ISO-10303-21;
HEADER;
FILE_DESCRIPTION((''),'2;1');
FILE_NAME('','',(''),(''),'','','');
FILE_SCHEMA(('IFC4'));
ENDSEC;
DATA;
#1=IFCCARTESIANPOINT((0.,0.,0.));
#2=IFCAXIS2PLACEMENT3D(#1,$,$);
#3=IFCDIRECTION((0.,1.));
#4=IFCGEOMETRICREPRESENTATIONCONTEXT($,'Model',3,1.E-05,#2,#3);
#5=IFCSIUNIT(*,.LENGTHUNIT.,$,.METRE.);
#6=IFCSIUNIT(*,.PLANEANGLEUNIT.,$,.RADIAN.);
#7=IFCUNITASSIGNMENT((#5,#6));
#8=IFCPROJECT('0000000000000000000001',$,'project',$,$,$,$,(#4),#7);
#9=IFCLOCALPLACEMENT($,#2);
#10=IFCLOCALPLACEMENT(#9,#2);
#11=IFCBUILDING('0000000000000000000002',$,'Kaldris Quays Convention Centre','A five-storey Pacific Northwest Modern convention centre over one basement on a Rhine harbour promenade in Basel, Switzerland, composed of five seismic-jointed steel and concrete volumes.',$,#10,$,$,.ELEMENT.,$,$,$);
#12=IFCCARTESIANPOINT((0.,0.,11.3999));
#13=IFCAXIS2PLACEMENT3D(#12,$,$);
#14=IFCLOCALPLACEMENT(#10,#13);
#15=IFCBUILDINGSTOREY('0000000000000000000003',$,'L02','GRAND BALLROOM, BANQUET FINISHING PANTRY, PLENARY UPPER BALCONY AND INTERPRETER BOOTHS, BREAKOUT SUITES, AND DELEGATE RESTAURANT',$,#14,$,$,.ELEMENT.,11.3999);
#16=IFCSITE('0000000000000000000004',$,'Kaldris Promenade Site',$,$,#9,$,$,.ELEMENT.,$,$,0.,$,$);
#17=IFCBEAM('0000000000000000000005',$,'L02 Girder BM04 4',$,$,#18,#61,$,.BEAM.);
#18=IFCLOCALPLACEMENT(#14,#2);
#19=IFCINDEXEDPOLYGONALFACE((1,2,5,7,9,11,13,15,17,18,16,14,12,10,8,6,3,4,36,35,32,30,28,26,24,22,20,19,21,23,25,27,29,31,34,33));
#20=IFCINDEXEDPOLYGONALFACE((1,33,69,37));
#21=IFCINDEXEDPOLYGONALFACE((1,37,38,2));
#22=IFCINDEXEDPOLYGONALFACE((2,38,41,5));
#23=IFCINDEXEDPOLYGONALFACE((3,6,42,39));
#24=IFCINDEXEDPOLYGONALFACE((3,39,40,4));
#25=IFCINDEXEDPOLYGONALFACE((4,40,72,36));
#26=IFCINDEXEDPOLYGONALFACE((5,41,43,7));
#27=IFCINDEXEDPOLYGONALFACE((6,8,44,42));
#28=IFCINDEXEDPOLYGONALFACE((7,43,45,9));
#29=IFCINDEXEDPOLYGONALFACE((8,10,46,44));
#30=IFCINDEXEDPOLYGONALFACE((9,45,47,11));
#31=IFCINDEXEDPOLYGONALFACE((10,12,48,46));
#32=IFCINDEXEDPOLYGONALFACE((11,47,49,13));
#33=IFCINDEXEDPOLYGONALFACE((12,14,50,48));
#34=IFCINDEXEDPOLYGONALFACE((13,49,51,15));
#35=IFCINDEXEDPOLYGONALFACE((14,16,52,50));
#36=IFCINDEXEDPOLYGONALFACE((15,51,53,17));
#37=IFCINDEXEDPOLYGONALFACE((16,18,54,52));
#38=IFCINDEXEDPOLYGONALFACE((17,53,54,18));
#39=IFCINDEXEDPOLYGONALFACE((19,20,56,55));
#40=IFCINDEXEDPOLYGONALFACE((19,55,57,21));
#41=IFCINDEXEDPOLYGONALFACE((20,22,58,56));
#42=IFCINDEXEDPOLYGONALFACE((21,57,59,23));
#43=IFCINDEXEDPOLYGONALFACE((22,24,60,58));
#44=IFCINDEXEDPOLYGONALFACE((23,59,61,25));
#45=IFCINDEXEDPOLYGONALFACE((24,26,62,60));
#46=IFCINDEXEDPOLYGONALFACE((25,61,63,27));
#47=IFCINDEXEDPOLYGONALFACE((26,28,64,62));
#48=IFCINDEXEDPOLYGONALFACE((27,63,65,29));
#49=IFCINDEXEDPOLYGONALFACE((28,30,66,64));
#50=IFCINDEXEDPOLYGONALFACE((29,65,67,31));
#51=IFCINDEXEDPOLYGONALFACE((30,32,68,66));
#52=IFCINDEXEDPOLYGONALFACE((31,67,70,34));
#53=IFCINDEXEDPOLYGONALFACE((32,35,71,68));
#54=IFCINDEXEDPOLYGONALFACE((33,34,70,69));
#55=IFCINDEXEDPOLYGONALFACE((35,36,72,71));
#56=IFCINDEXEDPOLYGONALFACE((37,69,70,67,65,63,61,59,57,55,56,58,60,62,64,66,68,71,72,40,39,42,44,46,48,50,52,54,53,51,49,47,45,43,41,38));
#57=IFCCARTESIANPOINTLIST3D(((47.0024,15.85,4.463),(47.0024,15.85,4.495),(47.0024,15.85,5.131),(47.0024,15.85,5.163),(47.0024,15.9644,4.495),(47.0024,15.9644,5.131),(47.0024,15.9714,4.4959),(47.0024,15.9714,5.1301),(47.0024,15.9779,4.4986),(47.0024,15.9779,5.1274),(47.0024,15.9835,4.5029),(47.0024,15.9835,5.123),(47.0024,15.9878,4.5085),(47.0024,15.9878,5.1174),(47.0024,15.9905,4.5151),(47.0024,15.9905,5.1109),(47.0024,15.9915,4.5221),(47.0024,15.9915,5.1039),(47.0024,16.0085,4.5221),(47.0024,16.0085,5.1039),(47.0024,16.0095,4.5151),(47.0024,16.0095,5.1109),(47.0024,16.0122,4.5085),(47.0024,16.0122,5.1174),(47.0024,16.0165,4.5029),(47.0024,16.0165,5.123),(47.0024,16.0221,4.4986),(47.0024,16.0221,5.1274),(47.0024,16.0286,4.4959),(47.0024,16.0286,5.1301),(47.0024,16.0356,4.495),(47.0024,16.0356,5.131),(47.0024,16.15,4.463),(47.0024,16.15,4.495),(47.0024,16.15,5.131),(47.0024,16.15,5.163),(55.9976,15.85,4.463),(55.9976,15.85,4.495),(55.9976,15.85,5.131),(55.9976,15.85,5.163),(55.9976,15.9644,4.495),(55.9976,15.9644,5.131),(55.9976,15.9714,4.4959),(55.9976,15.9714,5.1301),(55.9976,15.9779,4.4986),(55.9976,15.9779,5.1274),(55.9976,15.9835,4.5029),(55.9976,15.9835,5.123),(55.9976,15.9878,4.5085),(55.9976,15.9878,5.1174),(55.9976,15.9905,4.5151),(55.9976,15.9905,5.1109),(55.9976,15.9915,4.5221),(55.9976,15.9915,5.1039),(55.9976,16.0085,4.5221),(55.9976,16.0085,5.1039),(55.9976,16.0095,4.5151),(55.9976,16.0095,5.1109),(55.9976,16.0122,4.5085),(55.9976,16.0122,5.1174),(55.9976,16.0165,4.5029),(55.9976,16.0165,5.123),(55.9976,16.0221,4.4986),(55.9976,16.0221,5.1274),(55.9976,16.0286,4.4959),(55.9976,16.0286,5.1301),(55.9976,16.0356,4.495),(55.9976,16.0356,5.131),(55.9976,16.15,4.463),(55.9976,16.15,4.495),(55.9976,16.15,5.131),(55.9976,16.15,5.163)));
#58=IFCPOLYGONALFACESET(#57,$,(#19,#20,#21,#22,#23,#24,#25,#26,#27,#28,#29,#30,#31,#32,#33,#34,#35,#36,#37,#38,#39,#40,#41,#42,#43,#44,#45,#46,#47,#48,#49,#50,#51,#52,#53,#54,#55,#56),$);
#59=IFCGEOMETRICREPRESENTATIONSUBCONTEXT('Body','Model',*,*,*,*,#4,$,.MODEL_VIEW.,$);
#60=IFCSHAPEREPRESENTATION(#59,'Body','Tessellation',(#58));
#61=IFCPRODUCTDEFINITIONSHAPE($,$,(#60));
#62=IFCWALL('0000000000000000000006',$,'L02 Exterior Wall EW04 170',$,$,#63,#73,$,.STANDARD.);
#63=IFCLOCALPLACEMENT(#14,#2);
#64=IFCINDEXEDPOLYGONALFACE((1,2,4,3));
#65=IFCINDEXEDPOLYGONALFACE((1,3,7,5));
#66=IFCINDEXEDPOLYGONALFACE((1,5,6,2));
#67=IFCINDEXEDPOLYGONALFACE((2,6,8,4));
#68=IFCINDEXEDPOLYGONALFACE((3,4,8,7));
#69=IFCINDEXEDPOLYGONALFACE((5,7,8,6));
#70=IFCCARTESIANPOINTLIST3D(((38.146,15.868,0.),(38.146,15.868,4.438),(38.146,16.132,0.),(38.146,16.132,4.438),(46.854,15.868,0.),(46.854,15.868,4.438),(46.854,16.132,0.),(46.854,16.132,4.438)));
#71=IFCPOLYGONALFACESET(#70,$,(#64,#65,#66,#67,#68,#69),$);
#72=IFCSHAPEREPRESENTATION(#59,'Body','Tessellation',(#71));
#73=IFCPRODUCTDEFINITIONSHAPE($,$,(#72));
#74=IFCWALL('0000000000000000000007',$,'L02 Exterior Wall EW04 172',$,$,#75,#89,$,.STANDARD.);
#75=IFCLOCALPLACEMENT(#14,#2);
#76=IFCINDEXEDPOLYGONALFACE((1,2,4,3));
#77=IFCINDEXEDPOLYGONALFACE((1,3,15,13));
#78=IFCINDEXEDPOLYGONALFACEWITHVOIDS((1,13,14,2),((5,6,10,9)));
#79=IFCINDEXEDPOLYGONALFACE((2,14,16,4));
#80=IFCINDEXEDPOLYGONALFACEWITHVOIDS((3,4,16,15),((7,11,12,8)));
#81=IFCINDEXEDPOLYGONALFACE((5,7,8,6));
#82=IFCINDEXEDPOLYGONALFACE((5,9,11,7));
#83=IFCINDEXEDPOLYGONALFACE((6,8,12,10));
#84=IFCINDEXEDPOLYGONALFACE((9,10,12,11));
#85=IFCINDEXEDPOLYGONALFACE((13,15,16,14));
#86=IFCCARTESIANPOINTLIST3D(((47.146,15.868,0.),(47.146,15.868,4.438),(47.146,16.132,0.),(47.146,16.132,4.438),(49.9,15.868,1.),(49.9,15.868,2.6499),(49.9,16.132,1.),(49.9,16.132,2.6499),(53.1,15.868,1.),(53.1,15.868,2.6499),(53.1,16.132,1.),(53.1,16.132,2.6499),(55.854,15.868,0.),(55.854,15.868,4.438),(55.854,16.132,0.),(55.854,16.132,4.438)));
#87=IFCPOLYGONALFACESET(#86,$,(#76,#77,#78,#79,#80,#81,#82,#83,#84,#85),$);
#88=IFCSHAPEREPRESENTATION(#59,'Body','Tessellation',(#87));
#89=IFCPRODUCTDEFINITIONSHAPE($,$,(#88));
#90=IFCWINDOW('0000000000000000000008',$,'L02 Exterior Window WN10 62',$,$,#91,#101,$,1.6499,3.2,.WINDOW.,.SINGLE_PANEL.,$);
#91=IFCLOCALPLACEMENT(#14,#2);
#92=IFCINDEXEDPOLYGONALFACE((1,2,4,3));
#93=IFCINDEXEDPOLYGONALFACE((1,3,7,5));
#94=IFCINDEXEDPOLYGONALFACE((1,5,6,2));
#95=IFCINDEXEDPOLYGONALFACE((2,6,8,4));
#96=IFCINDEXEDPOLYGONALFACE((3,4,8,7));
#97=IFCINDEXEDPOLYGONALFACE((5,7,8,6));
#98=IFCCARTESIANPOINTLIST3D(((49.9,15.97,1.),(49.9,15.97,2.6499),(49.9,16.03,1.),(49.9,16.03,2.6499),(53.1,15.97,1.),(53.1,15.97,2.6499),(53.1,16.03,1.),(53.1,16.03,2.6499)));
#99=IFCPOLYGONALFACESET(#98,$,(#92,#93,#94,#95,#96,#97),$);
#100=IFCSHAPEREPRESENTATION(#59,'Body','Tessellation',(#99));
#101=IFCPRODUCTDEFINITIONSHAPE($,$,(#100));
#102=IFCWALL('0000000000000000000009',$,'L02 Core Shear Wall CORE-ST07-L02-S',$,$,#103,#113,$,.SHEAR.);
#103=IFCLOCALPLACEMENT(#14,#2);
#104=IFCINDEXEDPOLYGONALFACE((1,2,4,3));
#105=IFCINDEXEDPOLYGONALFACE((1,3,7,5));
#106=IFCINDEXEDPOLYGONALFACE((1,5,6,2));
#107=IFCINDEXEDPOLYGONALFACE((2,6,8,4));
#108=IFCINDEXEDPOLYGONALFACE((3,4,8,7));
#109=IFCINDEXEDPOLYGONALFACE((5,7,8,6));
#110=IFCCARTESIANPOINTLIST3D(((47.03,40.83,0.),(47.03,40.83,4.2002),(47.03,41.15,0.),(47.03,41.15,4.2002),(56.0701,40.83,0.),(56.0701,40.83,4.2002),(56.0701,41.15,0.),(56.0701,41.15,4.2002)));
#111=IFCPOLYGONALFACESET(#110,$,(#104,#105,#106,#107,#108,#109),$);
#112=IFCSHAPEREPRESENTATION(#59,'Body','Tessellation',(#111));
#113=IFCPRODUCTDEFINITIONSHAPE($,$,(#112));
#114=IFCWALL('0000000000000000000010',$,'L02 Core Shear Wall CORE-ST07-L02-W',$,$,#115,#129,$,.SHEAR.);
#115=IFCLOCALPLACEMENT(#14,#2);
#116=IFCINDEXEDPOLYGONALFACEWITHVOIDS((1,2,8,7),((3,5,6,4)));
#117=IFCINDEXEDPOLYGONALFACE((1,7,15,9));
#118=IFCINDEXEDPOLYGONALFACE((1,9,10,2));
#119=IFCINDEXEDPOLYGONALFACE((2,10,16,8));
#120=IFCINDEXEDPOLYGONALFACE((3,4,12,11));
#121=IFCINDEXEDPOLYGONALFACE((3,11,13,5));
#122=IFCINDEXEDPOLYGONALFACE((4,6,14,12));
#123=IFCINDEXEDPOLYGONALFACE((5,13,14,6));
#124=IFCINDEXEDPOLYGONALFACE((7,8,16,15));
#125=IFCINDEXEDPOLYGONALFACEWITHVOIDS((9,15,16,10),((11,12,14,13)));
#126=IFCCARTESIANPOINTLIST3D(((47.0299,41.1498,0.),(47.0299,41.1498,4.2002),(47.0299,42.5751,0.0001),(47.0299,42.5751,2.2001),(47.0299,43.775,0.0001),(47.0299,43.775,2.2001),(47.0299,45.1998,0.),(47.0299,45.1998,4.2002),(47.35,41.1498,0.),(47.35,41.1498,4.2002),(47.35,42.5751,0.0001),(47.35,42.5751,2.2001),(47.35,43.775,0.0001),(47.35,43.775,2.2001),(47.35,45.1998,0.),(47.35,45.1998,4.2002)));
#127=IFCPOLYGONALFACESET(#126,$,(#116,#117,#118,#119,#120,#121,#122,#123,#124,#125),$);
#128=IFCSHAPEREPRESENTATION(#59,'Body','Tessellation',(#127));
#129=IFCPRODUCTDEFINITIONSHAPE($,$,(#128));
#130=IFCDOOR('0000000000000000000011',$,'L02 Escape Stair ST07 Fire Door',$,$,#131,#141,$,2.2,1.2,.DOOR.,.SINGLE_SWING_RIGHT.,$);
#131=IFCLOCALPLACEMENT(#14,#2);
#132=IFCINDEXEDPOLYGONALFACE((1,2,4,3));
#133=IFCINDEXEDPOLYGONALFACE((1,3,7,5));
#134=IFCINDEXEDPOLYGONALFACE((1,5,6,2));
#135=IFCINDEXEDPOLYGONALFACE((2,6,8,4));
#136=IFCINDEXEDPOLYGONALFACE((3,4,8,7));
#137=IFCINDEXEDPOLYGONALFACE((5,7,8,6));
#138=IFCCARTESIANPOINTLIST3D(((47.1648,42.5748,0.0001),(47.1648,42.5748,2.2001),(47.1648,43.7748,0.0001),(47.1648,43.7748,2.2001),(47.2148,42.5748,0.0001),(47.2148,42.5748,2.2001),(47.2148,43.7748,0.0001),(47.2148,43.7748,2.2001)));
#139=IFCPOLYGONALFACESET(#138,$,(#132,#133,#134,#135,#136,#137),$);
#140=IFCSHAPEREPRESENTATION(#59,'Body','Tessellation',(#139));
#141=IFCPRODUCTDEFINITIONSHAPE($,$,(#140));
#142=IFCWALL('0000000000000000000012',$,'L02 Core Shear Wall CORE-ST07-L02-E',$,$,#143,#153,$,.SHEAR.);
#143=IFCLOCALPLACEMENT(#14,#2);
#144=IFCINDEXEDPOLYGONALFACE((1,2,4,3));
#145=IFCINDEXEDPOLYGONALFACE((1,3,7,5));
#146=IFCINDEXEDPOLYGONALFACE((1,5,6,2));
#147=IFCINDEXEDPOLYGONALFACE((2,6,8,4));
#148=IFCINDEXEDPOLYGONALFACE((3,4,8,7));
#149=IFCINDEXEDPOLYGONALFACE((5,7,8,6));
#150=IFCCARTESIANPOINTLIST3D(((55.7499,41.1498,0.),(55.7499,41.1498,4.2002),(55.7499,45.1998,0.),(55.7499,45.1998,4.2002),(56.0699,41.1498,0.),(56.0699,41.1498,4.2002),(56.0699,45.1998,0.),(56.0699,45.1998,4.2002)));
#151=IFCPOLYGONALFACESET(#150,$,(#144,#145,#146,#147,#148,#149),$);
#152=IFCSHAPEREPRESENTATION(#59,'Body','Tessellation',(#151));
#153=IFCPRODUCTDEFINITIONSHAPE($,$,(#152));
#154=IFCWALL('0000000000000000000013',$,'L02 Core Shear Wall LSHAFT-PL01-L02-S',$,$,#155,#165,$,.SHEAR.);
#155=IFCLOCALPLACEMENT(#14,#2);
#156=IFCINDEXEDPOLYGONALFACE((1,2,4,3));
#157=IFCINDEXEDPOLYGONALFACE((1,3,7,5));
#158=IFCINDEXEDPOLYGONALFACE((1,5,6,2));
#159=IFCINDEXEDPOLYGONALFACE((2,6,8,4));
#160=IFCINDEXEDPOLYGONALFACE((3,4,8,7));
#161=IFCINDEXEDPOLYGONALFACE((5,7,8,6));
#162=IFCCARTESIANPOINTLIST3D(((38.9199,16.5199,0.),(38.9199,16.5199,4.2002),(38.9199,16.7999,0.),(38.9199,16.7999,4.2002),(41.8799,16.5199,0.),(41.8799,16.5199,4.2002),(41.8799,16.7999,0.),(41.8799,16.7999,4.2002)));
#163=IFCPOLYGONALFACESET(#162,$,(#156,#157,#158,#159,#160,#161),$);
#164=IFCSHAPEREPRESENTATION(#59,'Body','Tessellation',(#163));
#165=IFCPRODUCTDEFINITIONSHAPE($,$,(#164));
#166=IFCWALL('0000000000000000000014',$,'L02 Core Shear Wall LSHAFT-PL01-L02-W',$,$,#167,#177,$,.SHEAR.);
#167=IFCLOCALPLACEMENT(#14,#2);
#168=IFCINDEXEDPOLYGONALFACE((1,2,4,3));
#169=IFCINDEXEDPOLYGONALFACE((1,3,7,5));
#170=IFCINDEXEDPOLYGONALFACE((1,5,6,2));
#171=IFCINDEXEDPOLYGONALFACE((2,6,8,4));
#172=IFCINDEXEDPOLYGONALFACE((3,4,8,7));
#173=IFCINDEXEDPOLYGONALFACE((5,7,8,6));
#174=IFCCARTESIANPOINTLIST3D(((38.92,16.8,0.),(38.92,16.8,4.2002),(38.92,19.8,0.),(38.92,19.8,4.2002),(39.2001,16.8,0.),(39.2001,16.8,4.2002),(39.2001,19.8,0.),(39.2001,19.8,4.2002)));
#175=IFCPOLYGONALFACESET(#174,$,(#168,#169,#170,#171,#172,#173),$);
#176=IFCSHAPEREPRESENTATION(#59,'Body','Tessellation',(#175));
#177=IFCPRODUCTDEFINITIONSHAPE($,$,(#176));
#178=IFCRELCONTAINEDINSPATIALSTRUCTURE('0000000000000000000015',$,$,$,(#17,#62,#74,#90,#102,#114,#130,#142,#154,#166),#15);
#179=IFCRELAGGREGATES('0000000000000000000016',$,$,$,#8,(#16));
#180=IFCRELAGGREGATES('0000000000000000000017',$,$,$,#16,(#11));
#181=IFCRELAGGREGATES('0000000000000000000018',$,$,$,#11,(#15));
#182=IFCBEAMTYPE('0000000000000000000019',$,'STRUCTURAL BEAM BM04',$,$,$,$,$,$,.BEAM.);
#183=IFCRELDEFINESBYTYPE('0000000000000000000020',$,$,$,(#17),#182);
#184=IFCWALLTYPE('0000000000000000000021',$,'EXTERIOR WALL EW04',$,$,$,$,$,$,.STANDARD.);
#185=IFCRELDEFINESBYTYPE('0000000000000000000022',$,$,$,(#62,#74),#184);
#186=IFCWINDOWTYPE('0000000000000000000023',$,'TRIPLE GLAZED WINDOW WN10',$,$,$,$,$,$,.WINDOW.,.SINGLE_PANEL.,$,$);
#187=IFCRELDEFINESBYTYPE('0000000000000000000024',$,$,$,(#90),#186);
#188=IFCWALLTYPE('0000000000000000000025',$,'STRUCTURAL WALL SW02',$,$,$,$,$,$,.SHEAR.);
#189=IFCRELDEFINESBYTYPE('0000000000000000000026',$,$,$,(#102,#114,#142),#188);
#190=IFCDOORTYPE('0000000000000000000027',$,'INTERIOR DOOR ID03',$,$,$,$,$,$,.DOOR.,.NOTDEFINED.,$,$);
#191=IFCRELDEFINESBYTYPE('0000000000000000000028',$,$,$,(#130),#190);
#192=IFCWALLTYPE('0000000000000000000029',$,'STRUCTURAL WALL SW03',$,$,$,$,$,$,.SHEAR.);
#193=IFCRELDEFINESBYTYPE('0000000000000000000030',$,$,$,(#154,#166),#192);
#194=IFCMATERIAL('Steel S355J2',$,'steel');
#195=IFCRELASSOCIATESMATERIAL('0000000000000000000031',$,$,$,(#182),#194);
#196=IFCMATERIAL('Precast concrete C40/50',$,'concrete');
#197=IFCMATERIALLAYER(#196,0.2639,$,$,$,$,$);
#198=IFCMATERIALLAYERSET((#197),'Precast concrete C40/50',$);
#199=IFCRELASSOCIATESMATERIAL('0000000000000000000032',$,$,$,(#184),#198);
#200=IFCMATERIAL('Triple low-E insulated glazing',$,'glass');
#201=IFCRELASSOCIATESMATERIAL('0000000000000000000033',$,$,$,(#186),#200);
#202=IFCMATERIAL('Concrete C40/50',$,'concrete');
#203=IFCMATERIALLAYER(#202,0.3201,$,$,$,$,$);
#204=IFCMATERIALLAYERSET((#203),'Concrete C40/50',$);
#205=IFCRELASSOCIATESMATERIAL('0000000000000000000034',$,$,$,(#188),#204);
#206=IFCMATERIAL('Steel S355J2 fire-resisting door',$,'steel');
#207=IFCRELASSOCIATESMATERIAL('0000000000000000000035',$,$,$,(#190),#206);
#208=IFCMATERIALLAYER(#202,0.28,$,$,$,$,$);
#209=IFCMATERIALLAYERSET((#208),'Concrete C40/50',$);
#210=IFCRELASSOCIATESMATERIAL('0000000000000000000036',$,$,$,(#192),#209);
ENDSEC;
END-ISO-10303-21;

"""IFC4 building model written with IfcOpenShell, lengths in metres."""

from ifc_helpers import new_model, si_unit, direction, frame, frame_2d, origin, origin_2d, place, context, subcontext, project, spatial, rectangle, i_section, extrude, material, layer, layer_set, material_profile, profile_set, type_object, element, fill, save


model = new_model("IFC4")

# Units and contexts
model_context = context("Model", 3, precision=1e-05, world=origin(), true_north=direction((0.0, 1.0)))
body_context = subcontext(model_context, "Body", "Model", "MODEL_VIEW")
ifc_project = project(units=[si_unit("LENGTHUNIT", "METRE"), si_unit("PLANEANGLEUNIT", "RADIAN")], contexts=[model_context])

# Site, building, storey
site_placement = place(None, origin())
site = spatial("IfcSite", under=ifc_project, at=site_placement, Name="Kaldris Promenade Site", CompositionType="ELEMENT", RefElevation=0.0)
building_placement = place(site_placement, origin())
building = spatial("IfcBuilding", under=site, at=building_placement, Name="Kaldris Quays Convention Centre", Description="A five-storey Pacific Northwest Modern convention centre over one basement on a Rhine harbour promenade in Basel, Switzerland, composed of five seismic-jointed steel and concrete volumes.", CompositionType="ELEMENT")
storey_placement = place(building_placement, frame((0.0, 0.0, 11.3999)))
storey = spatial("IfcBuildingStorey", under=building, at=storey_placement, Name="L02", Description="GRAND BALLROOM, BANQUET FINISHING PANTRY, PLENARY UPPER BALCONY AND INTERPRETER BOOTHS, BREAKOUT SUITES, AND DELEGATE RESTAURANT", CompositionType="ELEMENT", Elevation=11.3999)

# Shared definitions
ifc_material_1 = material(Name="Steel S355J2", Category="steel")

# Beam
ifc_material_profile_1 = material_profile(ifc_material_1, i_section(OverallWidth=0.3, OverallDepth=0.7, WebThickness=0.0171, FlangeThickness=0.032, FilletRadius=0.0271, at=origin_2d()), Name="HEB 700")
ifc_profile_set_1 = profile_set([ifc_material_profile_1], Name="Steel S355J2")
beam_type = type_object("IfcBeamType", Name="STRUCTURAL BEAM BM04", PredefinedType="BEAM", material=ifc_profile_set_1)
for number, where, z_axis, x_axis, name in (
    (1, (47.0024, 16.0, 4.813), (1.0, 0.0, 0.0), (0.0, 1.0, 0.0), "L02 Girder BM04 4"),
):
    element("IfcBeam", number, at=place(storey_placement, frame(where, z_axis=z_axis, x_axis=x_axis)), inside=storey, type_object=beam_type, Name=name, PredefinedType="BEAM", context=body_context, shape_type="SweptSolid", body=[
        extrude(i_section(OverallWidth=0.3, OverallDepth=0.7, WebThickness=0.0171, FlangeThickness=0.032, FilletRadius=0.0271, at=origin_2d()), origin(), (0.0, 0.0, 1.0), 8.9951),
    ])

# Wall
ifc_material_2 = material(Name="Precast concrete C40/50", Category="concrete")
ifc_layer_1 = layer(ifc_material_2, 0.2639)
ifc_layer_set_1 = layer_set([ifc_layer_1], Name="Precast concrete C40/50")
wall_type_1 = type_object("IfcWallType", Name="EXTERIOR WALL EW04", PredefinedType="STANDARD", material=ifc_layer_set_1)
wall_1_placement = place(storey_placement, frame((38.146, 16.0, 0.0), z_axis=(0.0, 0.0, 1.0), x_axis=(1.0, 0.0, 0.0)))
element("IfcWall", 2, at=wall_1_placement, inside=storey, type_object=wall_type_1, Name="L02 Exterior Wall EW04 170", PredefinedType="STANDARD", context=body_context, shape_type="SweptSolid", body=[
    extrude(rectangle(XDim=8.708, YDim=0.2639, at=frame_2d((4.354, 0.0))), origin(), (0.0, 0.0, 1.0), 4.438),
])

# Wall, opening, window
wall_2_placement = place(storey_placement, frame((47.146, 16.0, 0.0), z_axis=(0.0, 0.0, 1.0), x_axis=(1.0, 0.0, 0.0)))
wall_2 = element("IfcWall", 3, at=wall_2_placement, inside=storey, type_object=wall_type_1, Name="L02 Exterior Wall EW04 172", PredefinedType="STANDARD", context=body_context, shape_type="SweptSolid", body=[
    extrude(rectangle(XDim=8.708, YDim=0.2639, at=frame_2d((4.354, 0.0))), origin(), (0.0, 0.0, 1.0), 4.438),
])
opening_1_placement = place(wall_2_placement, frame((2.7539, 0.0, 1.0)))
opening_1 = element("IfcOpeningElement", 4, at=opening_1_placement, cuts=wall_2, PredefinedType="OPENING", context=body_context, shape_type="SweptSolid", body=[
    extrude(rectangle(XDim=3.2, YDim=1.6499, at=frame_2d((1.6001, 0.825))), frame((0.0, 0.1421, 0.0), z_axis=(0.0, -1.0, 0.0), x_axis=(1.0, 0.0, 0.0)), (0.0, 0.0, 1.0), 0.2839),
])
ifc_material_3 = material(Name="Triple low-E insulated glazing", Category="glass")
window_type = type_object("IfcWindowType", Name="TRIPLE GLAZED WINDOW WN10", PartitioningType="SINGLE_PANEL", PredefinedType="WINDOW", material=ifc_material_3)
window_placement = place(opening_1_placement, origin())
window = element("IfcWindow", 5, at=window_placement, inside=storey, type_object=window_type, Name="L02 Exterior Window WN10 62", OverallHeight=1.6499, OverallWidth=3.2, PartitioningType="SINGLE_PANEL", PredefinedType="WINDOW", context=body_context, shape_type="SweptSolid", body=[
    extrude(rectangle(XDim=3.2, YDim=1.6499, at=frame_2d((1.6001, 0.825))), frame((0.0, 0.03, 0.0), z_axis=(0.0, -1.0, 0.0), x_axis=(1.0, 0.0, 0.0)), (0.0, 0.0, 1.0), 0.0601),
])
fill(opening_1, window)

# Wall
ifc_material_4 = material(Name="Concrete C40/50", Category="concrete")
ifc_layer_2 = layer(ifc_material_4, 0.3201)
ifc_layer_set_2 = layer_set([ifc_layer_2], Name="Concrete C40/50")
wall_type_2 = type_object("IfcWallType", Name="STRUCTURAL WALL SW02", PredefinedType="SHEAR", material=ifc_layer_set_2)
wall_3_placement = place(storey_placement, frame((47.03, 40.99, 0.0), z_axis=(0.0, 0.0, 1.0), x_axis=(1.0, 0.0, 0.0)))
element("IfcWall", 6, at=wall_3_placement, inside=storey, type_object=wall_type_2, Name="L02 Core Shear Wall CORE-ST07-L02-S", PredefinedType="SHEAR", context=body_context, shape_type="SweptSolid", body=[
    extrude(rectangle(XDim=9.04, YDim=0.3201, at=frame_2d((4.52, 0.0))), origin(), (0.0, 0.0, 1.0), 4.2002),
])

# Wall, opening, door
wall_4_placement = place(storey_placement, frame((47.1899, 41.1499, 0.0), z_axis=(0.0, 0.0, 1.0), x_axis=(0.0, 1.0, 0.0)))
wall_4 = element("IfcWall", 7, at=wall_4_placement, inside=storey, type_object=wall_type_2, Name="L02 Core Shear Wall CORE-ST07-L02-W", PredefinedType="SHEAR", context=body_context, shape_type="SweptSolid", body=[
    extrude(rectangle(XDim=4.05, YDim=0.3201, at=frame_2d((2.0249, 0.0))), origin(), (0.0, 0.0, 1.0), 4.2002),
])
opening_2_placement = place(wall_4_placement, frame((1.425, 0.0, 0.0)))
opening_2 = element("IfcOpeningElement", 8, at=opening_2_placement, cuts=wall_4, PredefinedType="OPENING", context=body_context, shape_type="SweptSolid", body=[
    extrude(rectangle(XDim=1.2, YDim=2.2, at=frame_2d((0.6001, 1.1001))), frame((0.0, 0.1699, 0.0), z_axis=(0.0, -1.0, 0.0), x_axis=(1.0, 0.0, 0.0)), (0.0, 0.0, 1.0), 0.3401),
])
ifc_material_5 = material(Name="Steel S355J2 fire-resisting door", Category="steel")
door_type_1 = type_object("IfcDoorType", Name="INTERIOR DOOR ID03", OperationType="NOTDEFINED", PredefinedType="DOOR", material=ifc_material_5)
door_1_placement = place(opening_2_placement, frame((1.2, 0.0, 0.0), z_axis=(0.0, 0.0, 1.0), x_axis=(-1.0, 0.0, 0.0)))
door_1 = element("IfcDoor", 9, at=door_1_placement, inside=storey, type_object=door_type_1, Name="L02 Escape Stair ST07 Fire Door", OperationType="SINGLE_SWING_RIGHT", OverallHeight=2.2, OverallWidth=1.2, PredefinedType="DOOR", context=body_context, shape_type="SweptSolid", body=[
    extrude(rectangle(XDim=1.2, YDim=2.2, at=frame_2d((0.6001, 1.1001))), frame((0.0, 0.0249, 0.0), z_axis=(0.0, -1.0, 0.0), x_axis=(1.0, 0.0, 0.0)), (0.0, 0.0, 1.0), 0.05),
])
fill(opening_2, door_1)

# Walls
wall_5_placement = place(storey_placement, frame((55.9099, 41.1499, 0.0), z_axis=(0.0, 0.0, 1.0), x_axis=(0.0, 1.0, 0.0)))
element("IfcWall", 10, at=wall_5_placement, inside=storey, type_object=wall_type_2, Name="L02 Core Shear Wall CORE-ST07-L02-E", PredefinedType="SHEAR", context=body_context, shape_type="SweptSolid", body=[
    extrude(rectangle(XDim=4.05, YDim=0.3201, at=frame_2d((2.0249, 0.0))), origin(), (0.0, 0.0, 1.0), 4.2002),
])
ifc_layer_3 = layer(ifc_material_4, 0.28)
ifc_layer_set_3 = layer_set([ifc_layer_3], Name="Concrete C40/50")
wall_type_3 = type_object("IfcWallType", Name="STRUCTURAL WALL SW03", PredefinedType="SHEAR", material=ifc_layer_set_3)
wall_6_placement = place(storey_placement, frame((38.9199, 16.6599, 0.0), z_axis=(0.0, 0.0, 1.0), x_axis=(1.0, 0.0, 0.0)))
element("IfcWall", 11, at=wall_6_placement, inside=storey, type_object=wall_type_3, Name="L02 Core Shear Wall LSHAFT-PL01-L02-S", PredefinedType="SHEAR", context=body_context, shape_type="SweptSolid", body=[
    extrude(rectangle(XDim=2.96, YDim=0.28, at=frame_2d((1.48, 0.0))), origin(), (0.0, 0.0, 1.0), 4.2002),
])

# Wall
for number, where, z_axis, x_axis, name in (
    (12, (39.0601, 16.8, 0.0), (0.0, 0.0, 1.0), (0.0, 1.0, 0.0), "L02 Core Shear Wall LSHAFT-PL01-L02-W"),
):
    element("IfcWall", number, at=place(storey_placement, frame(where, z_axis=z_axis, x_axis=x_axis)), inside=storey, type_object=wall_type_3, Name=name, PredefinedType="SHEAR", context=body_context, shape_type="SweptSolid", body=[
        extrude(rectangle(XDim=3.0, YDim=0.28, at=frame_2d((1.5, 0.0))), origin(), (0.0, 0.0, 1.0), 4.2002),
    ])

save(model, "model.ifc")
